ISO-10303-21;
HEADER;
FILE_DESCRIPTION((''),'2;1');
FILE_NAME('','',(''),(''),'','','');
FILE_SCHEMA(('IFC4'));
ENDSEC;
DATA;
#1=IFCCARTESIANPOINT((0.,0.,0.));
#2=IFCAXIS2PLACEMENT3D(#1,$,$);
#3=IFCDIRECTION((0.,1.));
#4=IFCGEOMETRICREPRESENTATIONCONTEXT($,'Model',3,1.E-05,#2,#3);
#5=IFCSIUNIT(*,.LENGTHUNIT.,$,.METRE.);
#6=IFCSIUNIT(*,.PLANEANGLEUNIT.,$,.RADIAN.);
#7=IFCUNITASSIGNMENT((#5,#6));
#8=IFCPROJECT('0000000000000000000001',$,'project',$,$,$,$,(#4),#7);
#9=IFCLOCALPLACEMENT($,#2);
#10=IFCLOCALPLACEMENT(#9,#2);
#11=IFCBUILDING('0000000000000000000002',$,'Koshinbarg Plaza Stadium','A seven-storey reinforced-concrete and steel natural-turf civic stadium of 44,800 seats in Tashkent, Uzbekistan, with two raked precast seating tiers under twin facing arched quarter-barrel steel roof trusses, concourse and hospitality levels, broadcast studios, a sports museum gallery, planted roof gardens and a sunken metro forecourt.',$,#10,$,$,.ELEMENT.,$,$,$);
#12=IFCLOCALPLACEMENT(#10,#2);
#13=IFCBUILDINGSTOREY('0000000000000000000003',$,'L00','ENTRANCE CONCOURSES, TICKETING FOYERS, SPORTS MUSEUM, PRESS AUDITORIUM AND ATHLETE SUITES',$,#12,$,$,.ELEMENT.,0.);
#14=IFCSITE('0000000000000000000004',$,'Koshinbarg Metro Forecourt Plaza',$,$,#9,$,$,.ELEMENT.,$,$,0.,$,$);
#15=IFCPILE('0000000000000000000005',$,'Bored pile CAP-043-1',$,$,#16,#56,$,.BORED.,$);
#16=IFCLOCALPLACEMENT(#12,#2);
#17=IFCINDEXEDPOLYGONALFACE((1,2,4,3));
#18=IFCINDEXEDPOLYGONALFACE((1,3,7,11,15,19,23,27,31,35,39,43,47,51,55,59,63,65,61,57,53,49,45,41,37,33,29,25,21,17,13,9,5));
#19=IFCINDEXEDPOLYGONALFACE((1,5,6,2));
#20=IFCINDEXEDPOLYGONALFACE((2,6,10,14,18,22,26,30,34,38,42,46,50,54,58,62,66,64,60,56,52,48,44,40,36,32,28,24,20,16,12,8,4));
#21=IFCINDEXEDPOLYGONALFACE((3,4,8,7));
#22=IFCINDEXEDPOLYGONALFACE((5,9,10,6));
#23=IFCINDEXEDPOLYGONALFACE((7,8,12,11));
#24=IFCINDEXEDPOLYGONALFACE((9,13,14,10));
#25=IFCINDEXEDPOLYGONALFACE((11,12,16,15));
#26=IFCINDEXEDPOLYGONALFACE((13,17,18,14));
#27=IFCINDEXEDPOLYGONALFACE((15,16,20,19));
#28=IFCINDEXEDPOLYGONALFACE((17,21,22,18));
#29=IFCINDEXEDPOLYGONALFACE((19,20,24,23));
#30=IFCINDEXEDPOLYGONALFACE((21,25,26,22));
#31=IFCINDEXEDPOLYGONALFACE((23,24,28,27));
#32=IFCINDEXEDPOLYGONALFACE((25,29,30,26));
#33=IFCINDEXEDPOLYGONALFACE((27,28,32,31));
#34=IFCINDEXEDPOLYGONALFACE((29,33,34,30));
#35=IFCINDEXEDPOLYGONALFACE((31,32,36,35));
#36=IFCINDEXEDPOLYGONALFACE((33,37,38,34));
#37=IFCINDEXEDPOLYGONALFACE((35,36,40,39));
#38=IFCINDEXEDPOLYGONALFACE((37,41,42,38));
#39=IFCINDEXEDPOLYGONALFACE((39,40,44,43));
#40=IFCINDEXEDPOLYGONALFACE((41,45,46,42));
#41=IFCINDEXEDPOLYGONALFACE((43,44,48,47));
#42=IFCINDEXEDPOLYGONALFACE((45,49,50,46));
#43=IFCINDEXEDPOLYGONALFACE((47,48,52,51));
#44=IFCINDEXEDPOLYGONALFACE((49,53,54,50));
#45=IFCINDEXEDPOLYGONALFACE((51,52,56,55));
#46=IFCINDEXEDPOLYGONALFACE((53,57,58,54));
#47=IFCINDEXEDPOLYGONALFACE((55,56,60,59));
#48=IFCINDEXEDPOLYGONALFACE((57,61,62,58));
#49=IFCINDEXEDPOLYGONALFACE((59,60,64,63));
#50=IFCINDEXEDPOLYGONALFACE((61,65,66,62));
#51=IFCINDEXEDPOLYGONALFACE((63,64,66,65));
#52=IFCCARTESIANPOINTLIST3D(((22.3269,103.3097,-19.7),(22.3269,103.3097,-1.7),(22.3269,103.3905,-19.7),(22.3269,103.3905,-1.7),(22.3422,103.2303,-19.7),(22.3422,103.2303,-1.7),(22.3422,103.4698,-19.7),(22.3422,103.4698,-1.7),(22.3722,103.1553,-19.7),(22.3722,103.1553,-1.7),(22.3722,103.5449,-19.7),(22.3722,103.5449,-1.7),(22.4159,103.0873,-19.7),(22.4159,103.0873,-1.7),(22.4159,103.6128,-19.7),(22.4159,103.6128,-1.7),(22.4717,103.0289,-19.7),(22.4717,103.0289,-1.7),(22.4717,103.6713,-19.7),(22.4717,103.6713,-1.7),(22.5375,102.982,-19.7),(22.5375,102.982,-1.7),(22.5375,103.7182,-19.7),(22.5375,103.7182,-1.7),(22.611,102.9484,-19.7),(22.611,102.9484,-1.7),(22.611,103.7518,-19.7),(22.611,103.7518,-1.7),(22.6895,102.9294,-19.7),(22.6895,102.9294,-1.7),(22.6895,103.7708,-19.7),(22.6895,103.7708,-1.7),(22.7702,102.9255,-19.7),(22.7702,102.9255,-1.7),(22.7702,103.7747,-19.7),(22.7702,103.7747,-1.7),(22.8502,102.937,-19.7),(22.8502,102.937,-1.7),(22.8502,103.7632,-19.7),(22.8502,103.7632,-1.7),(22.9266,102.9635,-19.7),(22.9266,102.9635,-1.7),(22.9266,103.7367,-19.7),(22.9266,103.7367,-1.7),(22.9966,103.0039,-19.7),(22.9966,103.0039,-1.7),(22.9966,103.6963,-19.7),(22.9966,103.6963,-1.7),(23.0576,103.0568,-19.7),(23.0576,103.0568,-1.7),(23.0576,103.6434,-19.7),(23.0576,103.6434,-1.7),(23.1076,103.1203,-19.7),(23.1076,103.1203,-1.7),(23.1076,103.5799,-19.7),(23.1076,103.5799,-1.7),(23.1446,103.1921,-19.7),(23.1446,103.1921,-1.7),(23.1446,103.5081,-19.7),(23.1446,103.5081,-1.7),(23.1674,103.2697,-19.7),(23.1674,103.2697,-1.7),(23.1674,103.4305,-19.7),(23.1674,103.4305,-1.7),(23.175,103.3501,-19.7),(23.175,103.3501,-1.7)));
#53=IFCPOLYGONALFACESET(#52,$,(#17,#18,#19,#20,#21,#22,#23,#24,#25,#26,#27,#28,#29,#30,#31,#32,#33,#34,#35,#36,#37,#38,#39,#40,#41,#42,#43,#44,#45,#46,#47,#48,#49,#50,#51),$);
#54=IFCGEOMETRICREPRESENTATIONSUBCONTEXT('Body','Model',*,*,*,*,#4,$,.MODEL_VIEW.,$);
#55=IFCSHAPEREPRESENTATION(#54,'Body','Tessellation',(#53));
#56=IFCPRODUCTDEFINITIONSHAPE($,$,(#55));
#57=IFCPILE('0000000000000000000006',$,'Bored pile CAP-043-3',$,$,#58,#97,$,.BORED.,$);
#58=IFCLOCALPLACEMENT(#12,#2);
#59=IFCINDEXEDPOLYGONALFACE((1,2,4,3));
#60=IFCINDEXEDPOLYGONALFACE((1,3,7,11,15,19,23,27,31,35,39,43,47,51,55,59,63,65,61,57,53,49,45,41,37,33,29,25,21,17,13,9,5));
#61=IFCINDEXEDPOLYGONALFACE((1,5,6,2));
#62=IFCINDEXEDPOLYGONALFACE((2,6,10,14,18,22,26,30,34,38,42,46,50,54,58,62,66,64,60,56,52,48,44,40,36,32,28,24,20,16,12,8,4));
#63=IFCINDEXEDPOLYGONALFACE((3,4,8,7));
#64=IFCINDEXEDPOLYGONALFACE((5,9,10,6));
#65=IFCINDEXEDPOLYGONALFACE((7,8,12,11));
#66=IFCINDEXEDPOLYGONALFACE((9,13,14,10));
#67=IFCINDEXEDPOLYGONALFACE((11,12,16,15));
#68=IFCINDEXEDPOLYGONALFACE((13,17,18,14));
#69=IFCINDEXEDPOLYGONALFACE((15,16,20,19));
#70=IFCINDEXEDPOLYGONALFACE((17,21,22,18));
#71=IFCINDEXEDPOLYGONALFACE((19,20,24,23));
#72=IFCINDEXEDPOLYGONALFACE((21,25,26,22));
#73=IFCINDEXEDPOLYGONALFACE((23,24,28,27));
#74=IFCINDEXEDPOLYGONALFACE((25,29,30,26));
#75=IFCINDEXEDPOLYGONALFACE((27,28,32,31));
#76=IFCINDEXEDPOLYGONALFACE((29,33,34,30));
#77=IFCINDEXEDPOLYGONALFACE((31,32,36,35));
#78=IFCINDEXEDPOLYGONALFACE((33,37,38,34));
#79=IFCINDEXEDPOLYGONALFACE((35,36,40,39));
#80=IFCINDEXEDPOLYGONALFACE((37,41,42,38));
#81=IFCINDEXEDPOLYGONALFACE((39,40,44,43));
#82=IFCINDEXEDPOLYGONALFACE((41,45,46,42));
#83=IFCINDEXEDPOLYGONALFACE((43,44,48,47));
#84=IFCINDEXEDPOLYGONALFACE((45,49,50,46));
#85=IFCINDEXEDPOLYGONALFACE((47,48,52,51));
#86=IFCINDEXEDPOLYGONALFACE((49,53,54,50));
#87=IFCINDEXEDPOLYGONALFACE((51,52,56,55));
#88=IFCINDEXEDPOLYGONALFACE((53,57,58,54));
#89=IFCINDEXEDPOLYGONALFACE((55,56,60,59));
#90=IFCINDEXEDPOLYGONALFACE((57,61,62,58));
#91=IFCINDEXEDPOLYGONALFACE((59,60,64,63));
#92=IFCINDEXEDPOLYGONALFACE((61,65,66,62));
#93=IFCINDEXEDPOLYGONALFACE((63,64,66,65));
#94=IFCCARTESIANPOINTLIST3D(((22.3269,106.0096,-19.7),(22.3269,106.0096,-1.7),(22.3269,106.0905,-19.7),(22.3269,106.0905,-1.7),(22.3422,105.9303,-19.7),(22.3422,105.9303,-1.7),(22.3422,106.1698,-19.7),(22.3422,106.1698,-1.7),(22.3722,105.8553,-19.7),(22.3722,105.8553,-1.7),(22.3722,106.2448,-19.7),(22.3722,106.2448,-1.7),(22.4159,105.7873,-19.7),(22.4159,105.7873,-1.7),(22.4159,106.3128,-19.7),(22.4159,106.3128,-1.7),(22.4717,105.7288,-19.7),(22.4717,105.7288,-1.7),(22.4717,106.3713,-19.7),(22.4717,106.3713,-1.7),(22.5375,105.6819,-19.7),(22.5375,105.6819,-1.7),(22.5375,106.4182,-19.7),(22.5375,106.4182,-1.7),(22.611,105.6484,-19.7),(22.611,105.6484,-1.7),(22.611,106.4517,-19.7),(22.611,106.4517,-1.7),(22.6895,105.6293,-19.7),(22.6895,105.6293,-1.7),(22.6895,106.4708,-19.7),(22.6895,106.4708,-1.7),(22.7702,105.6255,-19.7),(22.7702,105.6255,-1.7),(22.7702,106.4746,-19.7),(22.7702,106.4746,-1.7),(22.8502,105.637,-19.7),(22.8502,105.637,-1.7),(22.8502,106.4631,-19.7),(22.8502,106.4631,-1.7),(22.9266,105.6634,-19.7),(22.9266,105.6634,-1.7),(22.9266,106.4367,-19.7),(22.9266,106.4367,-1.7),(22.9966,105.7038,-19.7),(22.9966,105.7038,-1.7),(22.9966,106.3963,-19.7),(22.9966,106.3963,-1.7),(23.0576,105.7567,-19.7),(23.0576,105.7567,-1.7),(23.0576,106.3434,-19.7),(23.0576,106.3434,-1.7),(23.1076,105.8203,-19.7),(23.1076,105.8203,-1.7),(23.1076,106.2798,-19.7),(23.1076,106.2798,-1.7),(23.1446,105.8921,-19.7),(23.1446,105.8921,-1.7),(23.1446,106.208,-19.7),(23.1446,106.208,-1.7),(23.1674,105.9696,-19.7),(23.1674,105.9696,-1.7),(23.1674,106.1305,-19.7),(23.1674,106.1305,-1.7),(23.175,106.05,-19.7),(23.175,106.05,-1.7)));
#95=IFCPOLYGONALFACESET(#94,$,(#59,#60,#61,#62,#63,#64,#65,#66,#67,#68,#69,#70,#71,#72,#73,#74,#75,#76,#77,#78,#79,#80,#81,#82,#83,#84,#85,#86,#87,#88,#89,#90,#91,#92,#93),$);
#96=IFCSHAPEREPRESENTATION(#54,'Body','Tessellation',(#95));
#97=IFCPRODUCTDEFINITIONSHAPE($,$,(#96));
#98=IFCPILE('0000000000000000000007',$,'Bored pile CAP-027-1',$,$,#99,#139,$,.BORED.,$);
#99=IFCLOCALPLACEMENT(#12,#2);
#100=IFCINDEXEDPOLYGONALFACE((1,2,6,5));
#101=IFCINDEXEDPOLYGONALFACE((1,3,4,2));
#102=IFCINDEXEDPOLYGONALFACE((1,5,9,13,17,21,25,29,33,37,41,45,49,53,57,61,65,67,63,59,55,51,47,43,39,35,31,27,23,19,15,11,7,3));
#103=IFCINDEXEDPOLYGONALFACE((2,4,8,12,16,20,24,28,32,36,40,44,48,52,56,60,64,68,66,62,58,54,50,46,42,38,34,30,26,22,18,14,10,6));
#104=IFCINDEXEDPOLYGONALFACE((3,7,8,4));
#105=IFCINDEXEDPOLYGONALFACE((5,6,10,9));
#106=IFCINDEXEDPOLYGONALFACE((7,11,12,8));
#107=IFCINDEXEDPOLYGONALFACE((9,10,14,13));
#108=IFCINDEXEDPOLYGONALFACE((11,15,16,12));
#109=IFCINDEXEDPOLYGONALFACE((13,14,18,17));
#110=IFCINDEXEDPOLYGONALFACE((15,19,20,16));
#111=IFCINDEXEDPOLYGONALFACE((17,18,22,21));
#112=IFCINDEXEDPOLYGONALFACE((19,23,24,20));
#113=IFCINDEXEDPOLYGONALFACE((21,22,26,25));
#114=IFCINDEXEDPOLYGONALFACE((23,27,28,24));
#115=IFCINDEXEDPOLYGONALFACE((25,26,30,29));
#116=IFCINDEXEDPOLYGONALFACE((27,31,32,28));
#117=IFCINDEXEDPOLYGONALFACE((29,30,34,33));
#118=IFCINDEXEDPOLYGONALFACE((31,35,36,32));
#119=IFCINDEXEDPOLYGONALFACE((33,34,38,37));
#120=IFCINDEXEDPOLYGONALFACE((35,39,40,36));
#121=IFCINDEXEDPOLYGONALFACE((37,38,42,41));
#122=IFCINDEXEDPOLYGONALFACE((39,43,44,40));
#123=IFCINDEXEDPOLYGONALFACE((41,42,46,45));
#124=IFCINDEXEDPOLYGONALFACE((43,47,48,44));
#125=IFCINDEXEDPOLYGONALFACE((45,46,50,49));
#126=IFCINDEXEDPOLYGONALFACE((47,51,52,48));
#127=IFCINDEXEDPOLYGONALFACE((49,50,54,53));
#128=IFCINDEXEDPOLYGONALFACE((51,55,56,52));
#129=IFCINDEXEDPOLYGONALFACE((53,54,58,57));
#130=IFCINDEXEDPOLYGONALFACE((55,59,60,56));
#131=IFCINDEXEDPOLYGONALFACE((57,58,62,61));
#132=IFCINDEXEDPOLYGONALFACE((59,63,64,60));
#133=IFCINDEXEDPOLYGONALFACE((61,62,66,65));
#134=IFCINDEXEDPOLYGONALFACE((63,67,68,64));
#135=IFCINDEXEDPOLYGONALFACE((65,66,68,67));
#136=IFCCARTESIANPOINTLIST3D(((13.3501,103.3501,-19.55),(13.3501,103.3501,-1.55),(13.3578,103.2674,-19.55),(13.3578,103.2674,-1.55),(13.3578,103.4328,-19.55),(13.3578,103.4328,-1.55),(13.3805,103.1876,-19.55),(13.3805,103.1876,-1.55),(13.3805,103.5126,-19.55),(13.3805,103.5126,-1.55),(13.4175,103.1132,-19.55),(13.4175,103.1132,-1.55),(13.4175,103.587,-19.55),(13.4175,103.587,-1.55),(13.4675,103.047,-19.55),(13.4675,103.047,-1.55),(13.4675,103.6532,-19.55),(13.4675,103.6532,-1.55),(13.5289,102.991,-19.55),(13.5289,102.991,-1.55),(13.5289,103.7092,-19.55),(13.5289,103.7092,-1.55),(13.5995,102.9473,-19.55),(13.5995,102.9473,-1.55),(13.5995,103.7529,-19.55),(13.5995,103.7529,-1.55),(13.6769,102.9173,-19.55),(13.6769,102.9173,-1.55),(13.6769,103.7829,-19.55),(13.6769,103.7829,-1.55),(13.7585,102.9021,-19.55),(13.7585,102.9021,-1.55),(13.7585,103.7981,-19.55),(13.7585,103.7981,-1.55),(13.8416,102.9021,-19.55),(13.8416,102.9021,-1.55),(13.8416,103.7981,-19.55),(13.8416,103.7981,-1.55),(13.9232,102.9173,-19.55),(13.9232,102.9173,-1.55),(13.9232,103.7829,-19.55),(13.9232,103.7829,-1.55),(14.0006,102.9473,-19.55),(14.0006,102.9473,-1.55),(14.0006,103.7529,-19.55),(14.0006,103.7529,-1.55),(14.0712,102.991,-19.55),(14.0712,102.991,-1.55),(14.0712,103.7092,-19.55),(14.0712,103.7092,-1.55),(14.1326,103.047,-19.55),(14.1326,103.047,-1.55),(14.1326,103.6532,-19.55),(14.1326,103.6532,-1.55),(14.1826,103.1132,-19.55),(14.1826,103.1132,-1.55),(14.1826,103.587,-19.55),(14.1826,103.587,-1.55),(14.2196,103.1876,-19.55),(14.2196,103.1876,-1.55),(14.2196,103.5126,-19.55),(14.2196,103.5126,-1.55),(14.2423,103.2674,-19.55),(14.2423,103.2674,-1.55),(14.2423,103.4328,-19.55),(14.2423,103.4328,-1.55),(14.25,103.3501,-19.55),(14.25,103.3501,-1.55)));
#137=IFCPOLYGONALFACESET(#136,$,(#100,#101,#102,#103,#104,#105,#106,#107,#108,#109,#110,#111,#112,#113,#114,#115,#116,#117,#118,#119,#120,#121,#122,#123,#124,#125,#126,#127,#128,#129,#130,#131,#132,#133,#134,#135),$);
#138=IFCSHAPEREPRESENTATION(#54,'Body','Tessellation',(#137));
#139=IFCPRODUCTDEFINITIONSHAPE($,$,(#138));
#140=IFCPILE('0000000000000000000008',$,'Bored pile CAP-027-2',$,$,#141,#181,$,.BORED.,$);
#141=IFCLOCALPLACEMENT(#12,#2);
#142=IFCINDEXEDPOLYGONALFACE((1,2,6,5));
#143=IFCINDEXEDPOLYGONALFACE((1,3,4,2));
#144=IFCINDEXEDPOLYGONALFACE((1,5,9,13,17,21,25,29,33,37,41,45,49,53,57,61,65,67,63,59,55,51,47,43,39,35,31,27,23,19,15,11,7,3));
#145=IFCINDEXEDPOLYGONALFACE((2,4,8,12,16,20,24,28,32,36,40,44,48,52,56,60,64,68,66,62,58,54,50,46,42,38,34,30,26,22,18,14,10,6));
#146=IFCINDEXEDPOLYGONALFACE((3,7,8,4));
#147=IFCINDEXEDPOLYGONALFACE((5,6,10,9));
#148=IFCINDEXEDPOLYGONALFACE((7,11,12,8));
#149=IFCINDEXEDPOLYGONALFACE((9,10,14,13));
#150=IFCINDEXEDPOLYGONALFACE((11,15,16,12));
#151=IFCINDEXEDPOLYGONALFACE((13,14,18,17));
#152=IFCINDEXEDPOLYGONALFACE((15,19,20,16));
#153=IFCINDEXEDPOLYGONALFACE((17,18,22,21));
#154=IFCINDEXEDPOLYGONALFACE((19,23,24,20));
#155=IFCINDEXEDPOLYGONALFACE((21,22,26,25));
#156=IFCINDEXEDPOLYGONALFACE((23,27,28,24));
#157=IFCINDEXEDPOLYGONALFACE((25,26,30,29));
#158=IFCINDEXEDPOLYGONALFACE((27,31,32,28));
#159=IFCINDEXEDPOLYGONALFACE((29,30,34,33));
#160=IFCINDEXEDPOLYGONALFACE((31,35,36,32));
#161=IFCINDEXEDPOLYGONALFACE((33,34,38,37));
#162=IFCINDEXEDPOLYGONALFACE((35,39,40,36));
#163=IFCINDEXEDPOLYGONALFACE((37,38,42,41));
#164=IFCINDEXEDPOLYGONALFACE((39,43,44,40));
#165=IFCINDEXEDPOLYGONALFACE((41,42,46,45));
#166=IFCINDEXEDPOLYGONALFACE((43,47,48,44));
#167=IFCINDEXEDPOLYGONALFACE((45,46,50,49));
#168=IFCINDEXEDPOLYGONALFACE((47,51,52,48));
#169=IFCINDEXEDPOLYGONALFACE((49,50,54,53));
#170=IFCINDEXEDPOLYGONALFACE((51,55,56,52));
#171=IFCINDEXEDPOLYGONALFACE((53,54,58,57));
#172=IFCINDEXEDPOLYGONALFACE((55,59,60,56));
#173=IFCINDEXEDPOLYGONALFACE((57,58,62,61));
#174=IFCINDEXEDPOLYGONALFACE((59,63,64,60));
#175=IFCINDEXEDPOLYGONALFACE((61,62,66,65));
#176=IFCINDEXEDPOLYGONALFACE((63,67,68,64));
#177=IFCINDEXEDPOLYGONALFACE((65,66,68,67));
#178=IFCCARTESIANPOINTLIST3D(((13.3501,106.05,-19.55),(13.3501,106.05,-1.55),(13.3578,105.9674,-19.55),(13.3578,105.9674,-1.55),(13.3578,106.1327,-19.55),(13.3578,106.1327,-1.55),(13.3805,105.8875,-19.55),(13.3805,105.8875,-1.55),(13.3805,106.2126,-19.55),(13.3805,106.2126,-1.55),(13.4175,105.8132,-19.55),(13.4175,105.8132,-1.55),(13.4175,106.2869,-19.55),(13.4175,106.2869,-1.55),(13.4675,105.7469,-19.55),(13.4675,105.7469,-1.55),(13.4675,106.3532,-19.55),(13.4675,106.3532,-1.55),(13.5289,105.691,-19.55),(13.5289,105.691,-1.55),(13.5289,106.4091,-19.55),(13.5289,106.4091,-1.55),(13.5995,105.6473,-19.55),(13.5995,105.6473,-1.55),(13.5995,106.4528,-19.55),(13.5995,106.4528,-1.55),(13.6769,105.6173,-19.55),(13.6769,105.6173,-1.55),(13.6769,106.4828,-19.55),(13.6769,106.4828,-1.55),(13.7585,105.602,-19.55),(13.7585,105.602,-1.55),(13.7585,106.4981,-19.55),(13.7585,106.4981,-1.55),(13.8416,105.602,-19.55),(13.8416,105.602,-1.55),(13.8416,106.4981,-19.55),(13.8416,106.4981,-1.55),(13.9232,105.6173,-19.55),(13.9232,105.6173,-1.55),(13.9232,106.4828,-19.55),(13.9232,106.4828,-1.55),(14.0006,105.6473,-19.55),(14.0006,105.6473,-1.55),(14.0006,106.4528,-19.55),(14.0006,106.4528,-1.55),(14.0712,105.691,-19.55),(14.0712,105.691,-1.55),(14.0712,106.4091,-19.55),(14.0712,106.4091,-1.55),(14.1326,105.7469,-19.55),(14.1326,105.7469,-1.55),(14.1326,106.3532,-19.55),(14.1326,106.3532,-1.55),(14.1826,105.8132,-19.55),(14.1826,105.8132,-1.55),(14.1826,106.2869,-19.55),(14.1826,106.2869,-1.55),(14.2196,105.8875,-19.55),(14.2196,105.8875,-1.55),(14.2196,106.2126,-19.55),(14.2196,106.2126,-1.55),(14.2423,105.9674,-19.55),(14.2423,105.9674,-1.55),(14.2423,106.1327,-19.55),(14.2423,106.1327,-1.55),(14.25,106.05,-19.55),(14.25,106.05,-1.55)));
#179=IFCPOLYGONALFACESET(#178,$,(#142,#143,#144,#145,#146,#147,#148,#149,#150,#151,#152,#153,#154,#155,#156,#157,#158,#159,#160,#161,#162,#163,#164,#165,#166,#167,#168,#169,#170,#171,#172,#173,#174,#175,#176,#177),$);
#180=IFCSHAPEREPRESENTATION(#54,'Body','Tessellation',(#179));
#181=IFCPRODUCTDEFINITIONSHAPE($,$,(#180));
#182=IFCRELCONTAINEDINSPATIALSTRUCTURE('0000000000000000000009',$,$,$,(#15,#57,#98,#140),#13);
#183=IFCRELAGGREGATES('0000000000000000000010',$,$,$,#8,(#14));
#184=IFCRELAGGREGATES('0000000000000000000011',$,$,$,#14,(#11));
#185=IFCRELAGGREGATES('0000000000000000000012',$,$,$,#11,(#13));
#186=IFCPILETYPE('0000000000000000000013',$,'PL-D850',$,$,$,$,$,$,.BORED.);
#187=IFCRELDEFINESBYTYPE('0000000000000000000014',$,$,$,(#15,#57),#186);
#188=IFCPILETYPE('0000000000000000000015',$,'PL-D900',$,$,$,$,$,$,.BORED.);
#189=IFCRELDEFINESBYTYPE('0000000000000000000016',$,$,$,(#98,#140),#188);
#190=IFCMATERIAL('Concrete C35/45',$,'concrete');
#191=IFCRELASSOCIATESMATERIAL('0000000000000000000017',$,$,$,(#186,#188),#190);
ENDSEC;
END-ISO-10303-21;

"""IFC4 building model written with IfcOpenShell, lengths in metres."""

from ifc_helpers import new_model, si_unit, direction, frame, origin, origin_2d, place, context, subcontext, project, spatial, circle, extrude, material, material_profile, profile_set, type_object, element, save


model = new_model("IFC4")

# Units and contexts
model_context = context("Model", 3, precision=1e-05, world=origin(), true_north=direction((0.0, 1.0)))
body_context = subcontext(model_context, "Body", "Model", "MODEL_VIEW")
ifc_project = project(units=[si_unit("LENGTHUNIT", "METRE"), si_unit("PLANEANGLEUNIT", "RADIAN")], contexts=[model_context])

# Site, building, storey
site_placement = place(None, origin())
site = spatial("IfcSite", under=ifc_project, at=site_placement, Name="Koshinbarg Metro Forecourt Plaza", CompositionType="ELEMENT", RefElevation=0.0)
building_placement = place(site_placement, origin())
building = spatial("IfcBuilding", under=site, at=building_placement, Name="Koshinbarg Plaza Stadium", Description="A seven-storey reinforced-concrete and steel natural-turf civic stadium of 44,800 seats in Tashkent, Uzbekistan, with two raked precast seating tiers under twin facing arched quarter-barrel steel roof trusses, concourse and hospitality levels, broadcast studios, a sports museum gallery, planted roof gardens and a sunken metro forecourt.", CompositionType="ELEMENT")
storey_placement = place(building_placement, origin())
storey = spatial("IfcBuildingStorey", under=building, at=storey_placement, Name="L00", Description="ENTRANCE CONCOURSES, TICKETING FOYERS, SPORTS MUSEUM, PRESS AUDITORIUM AND ATHLETE SUITES", CompositionType="ELEMENT", Elevation=0.0)

# Shared definitions
ifc_material_1 = material(Name="Concrete C35/45", Category="concrete")

# Piles
ifc_material_profile_1 = material_profile(ifc_material_1, circle(Radius=0.425, at=origin_2d()), Name="PILE D850")
ifc_profile_set_1 = profile_set([ifc_material_profile_1], Name="Concrete C35/45")
pile_type_1 = type_object("IfcPileType", Name="PL-D850", PredefinedType="BORED", material=ifc_profile_set_1)
for number, where, z_axis, x_axis, name in (
    (1, (22.75, 103.3501, -1.7), (0.0, 0.0, -1.0), (1.0, 0.0, 0.0), "Bored pile CAP-043-1"),
    (2, (22.75, 106.05, -1.7), (0.0, 0.0, -1.0), (1.0, 0.0, 0.0), "Bored pile CAP-043-3"),
):
    element("IfcPile", number, at=place(storey_placement, frame(where, z_axis=z_axis, x_axis=x_axis)), inside=storey, type_object=pile_type_1, Name=name, PredefinedType="BORED", context=body_context, shape_type="SweptSolid", body=[
        extrude(circle(Radius=0.425, at=origin_2d()), origin(), (0.0, 0.0, 1.0), 18.0),
    ])
ifc_material_profile_2 = material_profile(ifc_material_1, circle(Radius=0.45, at=origin_2d()), Name="PILE D900")
ifc_profile_set_2 = profile_set([ifc_material_profile_2], Name="Concrete C35/45")
pile_type_2 = type_object("IfcPileType", Name="PL-D900", PredefinedType="BORED", material=ifc_profile_set_2)
for number, where, z_axis, x_axis, name in (
    (3, (13.8, 103.3501, -1.55), (0.0, 0.0, -1.0), (1.0, 0.0, 0.0), "Bored pile CAP-027-1"),
    (4, (13.8, 106.05, -1.55), (0.0, 0.0, -1.0), (1.0, 0.0, 0.0), "Bored pile CAP-027-2"),
):
    element("IfcPile", number, at=place(storey_placement, frame(where, z_axis=z_axis, x_axis=x_axis)), inside=storey, type_object=pile_type_2, Name=name, PredefinedType="BORED", context=body_context, shape_type="SweptSolid", body=[
        extrude(circle(Radius=0.45, at=origin_2d()), origin(), (0.0, 0.0, 1.0), 18.0),
    ])

save(model, "model.ifc")
